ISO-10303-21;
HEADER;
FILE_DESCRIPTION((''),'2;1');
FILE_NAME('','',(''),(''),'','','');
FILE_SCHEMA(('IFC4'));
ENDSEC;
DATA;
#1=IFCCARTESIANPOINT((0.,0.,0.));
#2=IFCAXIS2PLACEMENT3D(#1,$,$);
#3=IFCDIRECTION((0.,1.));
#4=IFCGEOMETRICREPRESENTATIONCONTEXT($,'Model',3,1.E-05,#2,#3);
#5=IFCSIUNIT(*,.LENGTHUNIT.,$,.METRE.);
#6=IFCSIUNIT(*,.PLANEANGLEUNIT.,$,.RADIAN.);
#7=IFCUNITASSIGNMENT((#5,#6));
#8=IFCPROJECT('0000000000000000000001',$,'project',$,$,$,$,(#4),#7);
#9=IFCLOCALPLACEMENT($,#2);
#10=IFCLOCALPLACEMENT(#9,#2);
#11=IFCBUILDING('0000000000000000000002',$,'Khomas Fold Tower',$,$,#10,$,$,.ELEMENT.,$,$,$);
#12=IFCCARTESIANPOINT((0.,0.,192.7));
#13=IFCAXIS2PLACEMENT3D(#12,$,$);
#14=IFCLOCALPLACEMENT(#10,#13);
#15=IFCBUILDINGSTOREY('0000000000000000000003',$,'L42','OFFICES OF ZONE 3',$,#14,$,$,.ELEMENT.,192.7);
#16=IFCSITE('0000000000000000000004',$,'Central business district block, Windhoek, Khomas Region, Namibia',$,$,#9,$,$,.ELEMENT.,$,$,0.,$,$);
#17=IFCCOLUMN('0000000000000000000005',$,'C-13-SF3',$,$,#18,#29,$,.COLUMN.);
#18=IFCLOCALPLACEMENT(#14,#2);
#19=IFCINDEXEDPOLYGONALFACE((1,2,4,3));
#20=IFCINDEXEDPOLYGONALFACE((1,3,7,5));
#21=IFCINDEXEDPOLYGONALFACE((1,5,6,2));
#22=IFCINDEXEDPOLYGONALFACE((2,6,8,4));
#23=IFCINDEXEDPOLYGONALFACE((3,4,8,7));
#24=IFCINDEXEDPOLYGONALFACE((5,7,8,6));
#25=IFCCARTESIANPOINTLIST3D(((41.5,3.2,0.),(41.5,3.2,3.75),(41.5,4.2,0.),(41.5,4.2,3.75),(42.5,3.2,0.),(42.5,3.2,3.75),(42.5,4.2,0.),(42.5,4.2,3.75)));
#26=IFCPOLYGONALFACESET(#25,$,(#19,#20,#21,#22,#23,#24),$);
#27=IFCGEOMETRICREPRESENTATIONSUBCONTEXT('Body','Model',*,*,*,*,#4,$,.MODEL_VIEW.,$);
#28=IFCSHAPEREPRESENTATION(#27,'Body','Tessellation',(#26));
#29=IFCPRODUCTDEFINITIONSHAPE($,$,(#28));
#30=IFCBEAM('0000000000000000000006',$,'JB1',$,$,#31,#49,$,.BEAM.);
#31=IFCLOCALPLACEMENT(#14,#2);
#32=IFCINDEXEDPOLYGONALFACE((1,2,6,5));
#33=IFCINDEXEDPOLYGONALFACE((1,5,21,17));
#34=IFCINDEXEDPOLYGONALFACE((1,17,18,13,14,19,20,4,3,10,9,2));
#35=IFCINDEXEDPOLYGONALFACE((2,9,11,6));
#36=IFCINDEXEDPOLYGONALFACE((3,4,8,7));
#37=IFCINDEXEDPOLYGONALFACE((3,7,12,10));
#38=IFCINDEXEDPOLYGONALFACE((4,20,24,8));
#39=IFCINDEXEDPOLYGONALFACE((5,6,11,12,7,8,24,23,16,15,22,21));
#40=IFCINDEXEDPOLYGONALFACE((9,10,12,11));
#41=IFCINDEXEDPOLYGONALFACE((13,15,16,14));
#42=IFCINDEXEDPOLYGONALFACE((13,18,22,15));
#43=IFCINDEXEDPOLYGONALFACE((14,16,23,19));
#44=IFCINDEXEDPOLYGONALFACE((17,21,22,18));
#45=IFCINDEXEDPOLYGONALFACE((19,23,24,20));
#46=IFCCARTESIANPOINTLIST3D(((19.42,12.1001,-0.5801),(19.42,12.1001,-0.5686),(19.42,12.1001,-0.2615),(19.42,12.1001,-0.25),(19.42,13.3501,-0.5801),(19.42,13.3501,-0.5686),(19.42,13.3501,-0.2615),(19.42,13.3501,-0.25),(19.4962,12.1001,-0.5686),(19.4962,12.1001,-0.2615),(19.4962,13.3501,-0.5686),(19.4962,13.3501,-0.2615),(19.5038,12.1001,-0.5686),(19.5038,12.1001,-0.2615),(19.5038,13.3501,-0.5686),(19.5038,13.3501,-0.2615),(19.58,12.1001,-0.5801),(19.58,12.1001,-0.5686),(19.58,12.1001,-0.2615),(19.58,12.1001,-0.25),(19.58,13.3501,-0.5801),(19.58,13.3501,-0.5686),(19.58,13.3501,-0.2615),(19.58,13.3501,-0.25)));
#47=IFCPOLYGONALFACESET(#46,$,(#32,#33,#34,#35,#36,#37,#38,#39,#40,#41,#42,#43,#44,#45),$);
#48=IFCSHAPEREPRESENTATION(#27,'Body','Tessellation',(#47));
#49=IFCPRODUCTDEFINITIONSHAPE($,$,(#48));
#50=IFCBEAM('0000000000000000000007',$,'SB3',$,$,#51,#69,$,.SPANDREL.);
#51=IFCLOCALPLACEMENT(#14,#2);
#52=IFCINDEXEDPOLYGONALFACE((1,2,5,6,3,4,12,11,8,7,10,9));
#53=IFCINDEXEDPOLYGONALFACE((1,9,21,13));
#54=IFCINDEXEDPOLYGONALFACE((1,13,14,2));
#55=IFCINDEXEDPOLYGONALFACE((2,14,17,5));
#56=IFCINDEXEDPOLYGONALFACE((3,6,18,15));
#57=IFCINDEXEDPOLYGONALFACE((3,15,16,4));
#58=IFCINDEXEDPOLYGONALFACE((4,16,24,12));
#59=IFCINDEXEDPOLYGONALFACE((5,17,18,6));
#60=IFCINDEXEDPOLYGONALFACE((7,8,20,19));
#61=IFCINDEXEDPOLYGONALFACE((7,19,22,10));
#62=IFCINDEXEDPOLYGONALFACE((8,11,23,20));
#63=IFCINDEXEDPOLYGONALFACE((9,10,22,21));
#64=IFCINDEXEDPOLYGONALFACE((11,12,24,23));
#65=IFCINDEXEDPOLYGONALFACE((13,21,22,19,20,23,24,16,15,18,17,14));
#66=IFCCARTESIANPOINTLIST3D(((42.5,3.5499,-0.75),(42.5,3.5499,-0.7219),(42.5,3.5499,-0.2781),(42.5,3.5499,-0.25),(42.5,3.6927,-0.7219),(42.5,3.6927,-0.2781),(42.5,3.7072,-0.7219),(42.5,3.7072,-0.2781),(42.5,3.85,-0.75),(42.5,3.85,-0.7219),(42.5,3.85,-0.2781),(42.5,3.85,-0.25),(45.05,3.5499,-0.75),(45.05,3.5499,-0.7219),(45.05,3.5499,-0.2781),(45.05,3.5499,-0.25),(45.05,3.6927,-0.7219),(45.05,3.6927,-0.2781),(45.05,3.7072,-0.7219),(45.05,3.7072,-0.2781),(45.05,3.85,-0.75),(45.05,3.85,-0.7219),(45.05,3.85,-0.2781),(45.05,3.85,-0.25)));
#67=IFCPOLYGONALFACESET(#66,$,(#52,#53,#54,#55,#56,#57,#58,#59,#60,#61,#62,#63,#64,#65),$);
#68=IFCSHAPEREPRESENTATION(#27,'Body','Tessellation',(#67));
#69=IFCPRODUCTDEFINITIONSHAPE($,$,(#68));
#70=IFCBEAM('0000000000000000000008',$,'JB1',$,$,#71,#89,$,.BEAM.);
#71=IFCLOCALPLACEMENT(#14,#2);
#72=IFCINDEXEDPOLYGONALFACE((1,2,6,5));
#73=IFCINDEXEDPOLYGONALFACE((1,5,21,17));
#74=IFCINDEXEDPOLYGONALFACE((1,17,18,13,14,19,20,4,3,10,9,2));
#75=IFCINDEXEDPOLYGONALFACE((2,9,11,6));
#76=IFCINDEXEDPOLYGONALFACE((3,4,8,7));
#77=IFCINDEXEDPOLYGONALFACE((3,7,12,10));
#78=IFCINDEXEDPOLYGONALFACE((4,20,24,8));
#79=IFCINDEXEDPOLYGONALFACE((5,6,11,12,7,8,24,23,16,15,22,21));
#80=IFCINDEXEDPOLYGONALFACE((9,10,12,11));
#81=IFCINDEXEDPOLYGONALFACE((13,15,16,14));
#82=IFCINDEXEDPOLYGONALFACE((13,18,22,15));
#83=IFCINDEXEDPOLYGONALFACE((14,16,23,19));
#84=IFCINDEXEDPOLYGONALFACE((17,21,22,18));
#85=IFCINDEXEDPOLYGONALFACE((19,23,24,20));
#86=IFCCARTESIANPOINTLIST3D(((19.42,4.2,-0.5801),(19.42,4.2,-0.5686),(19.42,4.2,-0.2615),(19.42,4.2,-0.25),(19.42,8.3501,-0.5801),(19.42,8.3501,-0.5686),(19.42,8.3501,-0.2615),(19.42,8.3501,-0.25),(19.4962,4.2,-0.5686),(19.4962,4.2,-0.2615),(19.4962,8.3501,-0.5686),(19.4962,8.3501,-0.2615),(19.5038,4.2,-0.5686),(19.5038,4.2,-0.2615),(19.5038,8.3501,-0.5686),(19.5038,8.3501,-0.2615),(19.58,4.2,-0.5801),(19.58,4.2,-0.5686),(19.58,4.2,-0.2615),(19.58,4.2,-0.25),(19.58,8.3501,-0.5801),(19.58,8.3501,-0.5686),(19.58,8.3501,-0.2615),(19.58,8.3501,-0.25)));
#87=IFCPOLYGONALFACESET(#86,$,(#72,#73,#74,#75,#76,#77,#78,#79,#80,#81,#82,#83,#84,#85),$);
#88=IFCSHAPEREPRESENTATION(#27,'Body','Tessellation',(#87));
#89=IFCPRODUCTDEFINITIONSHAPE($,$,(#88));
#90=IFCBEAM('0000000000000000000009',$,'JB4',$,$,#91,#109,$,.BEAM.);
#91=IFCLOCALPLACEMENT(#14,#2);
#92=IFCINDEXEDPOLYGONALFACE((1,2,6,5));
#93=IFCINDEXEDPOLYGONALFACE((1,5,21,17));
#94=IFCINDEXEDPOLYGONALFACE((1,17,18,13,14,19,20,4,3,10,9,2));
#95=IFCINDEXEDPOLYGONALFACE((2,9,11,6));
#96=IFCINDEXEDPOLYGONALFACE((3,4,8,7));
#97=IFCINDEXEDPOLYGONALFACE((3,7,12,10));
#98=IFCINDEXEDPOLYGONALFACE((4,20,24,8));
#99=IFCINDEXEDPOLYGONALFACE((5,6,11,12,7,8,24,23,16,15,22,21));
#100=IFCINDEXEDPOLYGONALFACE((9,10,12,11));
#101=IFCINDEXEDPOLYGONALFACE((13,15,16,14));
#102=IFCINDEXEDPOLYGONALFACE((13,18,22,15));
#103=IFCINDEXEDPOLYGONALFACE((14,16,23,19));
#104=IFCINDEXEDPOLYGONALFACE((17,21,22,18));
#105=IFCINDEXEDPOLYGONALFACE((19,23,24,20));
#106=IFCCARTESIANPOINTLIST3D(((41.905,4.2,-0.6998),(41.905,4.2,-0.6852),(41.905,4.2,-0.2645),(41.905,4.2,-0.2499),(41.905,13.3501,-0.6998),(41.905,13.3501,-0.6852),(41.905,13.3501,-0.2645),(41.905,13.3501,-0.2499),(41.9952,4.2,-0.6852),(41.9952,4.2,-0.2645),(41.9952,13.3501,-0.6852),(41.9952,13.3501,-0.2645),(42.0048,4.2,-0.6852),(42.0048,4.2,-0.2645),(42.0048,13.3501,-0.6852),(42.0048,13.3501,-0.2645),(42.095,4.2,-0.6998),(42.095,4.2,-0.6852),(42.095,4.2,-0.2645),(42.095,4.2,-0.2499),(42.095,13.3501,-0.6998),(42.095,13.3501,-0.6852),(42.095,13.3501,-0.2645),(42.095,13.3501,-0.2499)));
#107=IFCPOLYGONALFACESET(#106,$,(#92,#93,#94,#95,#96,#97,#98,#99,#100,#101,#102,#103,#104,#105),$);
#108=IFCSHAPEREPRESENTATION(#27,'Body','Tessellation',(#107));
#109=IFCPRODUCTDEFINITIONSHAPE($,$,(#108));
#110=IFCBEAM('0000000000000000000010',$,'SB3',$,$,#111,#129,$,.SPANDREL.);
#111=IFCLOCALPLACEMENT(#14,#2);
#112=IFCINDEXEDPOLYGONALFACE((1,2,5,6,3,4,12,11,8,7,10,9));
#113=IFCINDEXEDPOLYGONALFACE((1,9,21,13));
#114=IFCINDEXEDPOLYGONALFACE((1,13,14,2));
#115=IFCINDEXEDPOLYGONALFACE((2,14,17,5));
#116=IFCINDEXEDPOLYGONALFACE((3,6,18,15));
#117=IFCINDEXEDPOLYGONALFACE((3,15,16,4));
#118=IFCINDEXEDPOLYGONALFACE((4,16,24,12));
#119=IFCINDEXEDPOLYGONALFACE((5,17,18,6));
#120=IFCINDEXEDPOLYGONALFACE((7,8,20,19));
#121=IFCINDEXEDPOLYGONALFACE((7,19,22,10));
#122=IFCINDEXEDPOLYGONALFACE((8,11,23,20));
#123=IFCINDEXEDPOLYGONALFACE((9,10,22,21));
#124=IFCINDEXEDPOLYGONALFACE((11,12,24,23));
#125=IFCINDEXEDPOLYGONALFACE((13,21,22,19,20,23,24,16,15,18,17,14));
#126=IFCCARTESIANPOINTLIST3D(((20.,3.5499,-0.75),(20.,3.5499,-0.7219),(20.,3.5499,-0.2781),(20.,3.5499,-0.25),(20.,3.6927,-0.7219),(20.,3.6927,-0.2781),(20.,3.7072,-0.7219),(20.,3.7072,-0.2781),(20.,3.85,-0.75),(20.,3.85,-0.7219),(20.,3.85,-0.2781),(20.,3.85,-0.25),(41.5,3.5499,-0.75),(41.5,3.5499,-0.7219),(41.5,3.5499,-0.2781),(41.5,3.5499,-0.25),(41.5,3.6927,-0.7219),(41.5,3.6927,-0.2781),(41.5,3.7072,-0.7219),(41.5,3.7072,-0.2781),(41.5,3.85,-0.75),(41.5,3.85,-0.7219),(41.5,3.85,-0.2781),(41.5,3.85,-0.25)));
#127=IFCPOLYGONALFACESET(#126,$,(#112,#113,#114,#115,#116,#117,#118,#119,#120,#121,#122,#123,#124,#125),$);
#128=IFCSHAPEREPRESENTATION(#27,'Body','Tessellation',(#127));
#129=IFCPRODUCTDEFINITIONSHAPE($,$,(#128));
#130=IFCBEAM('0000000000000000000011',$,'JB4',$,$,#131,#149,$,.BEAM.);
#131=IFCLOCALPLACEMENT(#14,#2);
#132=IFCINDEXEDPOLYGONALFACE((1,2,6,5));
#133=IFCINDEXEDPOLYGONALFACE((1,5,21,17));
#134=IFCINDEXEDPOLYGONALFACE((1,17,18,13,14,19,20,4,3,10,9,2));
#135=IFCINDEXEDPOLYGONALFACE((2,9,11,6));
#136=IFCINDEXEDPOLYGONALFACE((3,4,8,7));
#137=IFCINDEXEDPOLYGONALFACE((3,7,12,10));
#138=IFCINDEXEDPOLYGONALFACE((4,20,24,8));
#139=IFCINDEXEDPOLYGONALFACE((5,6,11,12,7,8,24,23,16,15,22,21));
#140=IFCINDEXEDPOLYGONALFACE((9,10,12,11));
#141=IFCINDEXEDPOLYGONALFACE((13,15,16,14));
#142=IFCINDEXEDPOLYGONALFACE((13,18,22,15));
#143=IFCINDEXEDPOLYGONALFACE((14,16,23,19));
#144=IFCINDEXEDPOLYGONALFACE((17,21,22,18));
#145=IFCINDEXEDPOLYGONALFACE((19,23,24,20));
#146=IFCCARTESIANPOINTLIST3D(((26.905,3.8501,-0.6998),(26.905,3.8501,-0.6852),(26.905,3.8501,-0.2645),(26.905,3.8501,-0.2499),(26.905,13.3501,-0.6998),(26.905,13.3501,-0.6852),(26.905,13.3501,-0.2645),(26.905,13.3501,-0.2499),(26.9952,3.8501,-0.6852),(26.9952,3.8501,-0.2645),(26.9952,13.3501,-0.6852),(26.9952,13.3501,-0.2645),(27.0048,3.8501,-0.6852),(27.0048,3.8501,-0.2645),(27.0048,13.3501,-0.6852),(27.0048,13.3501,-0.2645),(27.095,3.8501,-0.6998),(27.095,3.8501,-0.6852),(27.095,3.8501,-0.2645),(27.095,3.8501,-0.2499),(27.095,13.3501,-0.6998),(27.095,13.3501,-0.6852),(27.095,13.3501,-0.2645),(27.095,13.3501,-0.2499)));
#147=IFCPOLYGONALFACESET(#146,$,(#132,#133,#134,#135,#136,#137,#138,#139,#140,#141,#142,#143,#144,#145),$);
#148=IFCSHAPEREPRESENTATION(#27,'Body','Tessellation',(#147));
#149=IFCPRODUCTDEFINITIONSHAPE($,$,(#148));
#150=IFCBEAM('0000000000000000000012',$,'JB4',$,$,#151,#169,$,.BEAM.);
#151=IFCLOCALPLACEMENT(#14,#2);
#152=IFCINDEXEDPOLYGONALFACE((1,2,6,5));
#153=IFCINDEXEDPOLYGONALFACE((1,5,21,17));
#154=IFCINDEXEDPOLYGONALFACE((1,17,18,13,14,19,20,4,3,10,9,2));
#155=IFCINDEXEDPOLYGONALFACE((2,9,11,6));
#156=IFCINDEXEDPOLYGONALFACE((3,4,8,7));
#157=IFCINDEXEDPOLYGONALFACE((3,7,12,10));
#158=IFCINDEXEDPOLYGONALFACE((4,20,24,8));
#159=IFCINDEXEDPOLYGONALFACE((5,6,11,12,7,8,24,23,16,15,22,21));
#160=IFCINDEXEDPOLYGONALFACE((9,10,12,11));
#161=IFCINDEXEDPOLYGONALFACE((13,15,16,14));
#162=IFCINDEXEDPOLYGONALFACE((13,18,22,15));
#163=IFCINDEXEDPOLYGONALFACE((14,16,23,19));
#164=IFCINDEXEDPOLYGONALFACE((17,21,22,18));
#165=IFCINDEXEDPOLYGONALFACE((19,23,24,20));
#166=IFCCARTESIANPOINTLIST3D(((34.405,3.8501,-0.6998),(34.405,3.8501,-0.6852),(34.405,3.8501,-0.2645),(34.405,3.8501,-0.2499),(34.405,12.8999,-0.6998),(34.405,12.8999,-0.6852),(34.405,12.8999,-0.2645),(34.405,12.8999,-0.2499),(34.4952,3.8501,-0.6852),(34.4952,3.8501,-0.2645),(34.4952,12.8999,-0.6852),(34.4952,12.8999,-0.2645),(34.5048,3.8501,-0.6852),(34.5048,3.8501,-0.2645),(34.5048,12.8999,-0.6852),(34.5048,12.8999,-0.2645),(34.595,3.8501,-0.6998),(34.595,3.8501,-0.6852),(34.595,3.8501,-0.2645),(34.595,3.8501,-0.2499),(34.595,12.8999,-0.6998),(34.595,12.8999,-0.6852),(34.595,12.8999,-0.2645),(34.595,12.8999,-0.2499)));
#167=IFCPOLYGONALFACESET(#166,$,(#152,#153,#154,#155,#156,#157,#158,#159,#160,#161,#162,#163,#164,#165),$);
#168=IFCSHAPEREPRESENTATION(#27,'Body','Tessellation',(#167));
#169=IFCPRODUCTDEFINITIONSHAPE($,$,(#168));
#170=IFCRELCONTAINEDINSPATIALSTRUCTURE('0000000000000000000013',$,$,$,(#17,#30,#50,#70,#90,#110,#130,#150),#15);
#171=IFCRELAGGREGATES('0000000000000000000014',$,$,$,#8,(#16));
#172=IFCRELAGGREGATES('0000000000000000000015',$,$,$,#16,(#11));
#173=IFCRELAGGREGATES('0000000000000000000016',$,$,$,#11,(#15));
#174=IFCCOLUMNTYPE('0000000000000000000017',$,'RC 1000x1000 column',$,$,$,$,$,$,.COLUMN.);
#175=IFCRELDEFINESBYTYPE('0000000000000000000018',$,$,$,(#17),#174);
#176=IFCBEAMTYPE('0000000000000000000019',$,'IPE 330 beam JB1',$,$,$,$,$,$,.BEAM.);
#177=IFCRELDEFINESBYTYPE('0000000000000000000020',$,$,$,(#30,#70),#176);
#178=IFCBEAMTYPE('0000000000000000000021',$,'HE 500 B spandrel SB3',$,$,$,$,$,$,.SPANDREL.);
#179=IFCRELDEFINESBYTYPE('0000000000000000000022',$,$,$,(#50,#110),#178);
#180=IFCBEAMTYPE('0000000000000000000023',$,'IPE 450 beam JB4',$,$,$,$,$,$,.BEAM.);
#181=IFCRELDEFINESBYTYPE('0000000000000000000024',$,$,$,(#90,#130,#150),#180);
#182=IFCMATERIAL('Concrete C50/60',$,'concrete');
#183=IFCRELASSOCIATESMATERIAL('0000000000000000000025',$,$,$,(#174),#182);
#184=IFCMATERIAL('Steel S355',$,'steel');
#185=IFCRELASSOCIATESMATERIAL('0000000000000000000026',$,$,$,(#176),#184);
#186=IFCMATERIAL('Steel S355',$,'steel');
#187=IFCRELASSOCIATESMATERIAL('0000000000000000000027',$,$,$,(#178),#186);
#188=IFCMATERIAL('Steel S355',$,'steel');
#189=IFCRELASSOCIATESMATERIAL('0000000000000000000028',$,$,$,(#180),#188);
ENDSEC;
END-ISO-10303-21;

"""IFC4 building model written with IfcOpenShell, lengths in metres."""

from ifc_helpers import new_model, si_unit, direction, frame, origin, origin_2d, place, context, subcontext, project, spatial, rectangle, i_section, extrude, source, transform, mapped, material, material_profile, profile_set, type_object, element, save


model = new_model("IFC4")

# Units and contexts
model_context = context("Model", 3, precision=1e-05, world=origin(), true_north=direction((0.0, 1.0)))
body_context = subcontext(model_context, "Body", "Model", "MODEL_VIEW")
ifc_project = project(units=[si_unit("LENGTHUNIT", "METRE"), si_unit("PLANEANGLEUNIT", "RADIAN")], contexts=[model_context])

# Site, building, storey
site_placement = place(None, origin())
site = spatial("IfcSite", under=ifc_project, at=site_placement, Name="Central business district block, Windhoek, Khomas Region, Namibia", CompositionType="ELEMENT", RefElevation=0.0)
building_placement = place(site_placement, origin())
building = spatial("IfcBuilding", under=site, at=building_placement, Name="Khomas Fold Tower", CompositionType="ELEMENT")
storey_placement = place(building_placement, frame((0.0, 0.0, 192.7)))
storey = spatial("IfcBuildingStorey", under=building, at=storey_placement, Name="L42", Description="OFFICES OF ZONE 3", CompositionType="ELEMENT", Elevation=192.7)

# Column
ifc_material_1 = material(Name="Concrete C50/60", Category="concrete")
ifc_material_profile_1 = material_profile(ifc_material_1, rectangle(XDim=1.0, YDim=1.0, at=origin_2d()), Name="RC 1000x1000")
ifc_profile_set_1 = profile_set([ifc_material_profile_1], Name="Concrete C50/60")
column_type = type_object("IfcColumnType", Name="RC 1000x1000 column", PredefinedType="COLUMN", material=ifc_profile_set_1)
shared_shape_1 = source(origin(), body_context, "Body", "SweptSolid", [
    extrude(rectangle(XDim=1.0, YDim=1.0, at=origin_2d()), origin(), (0.0, 0.0, 1.0), 3.75),
])
column_placement = place(storey_placement, frame((42.0, 3.7, 0.0), z_axis=(0.0, 0.0, 1.0), x_axis=(1.0, 0.0, 0.0)))
element("IfcColumn", 1, at=column_placement, inside=storey, type_object=column_type, Name="C-13-SF3", PredefinedType="COLUMN", context=body_context, shape_type="MappedRepresentation", body=[
    mapped(shared_shape_1, transform((0.0, 0.0, 0.0))),
])

# Beams
ifc_material_2 = material(Name="Steel S355", Category="steel")
ifc_material_profile_2 = material_profile(ifc_material_2, i_section(OverallWidth=0.1599, OverallDepth=0.3301, WebThickness=0.0076, FlangeThickness=0.0115, at=origin_2d()), Name="IPE 330")
ifc_profile_set_2 = profile_set([ifc_material_profile_2], Name="Steel S355")
beam_type_1 = type_object("IfcBeamType", Name="IPE 330 beam JB1", PredefinedType="BEAM", material=ifc_profile_set_2)
shared_shape_2 = source(origin(), body_context, "Body", "SweptSolid", [
    extrude(i_section(OverallWidth=0.1599, OverallDepth=0.3301, WebThickness=0.0076, FlangeThickness=0.0115, at=origin_2d()), origin(), (0.0, 0.0, 1.0), 1.25),
])
beam_1_placement = place(storey_placement, frame((19.5, 12.1001, -0.415), z_axis=(0.0, 1.0, 0.0), x_axis=(-1.0, 0.0, 0.0)))
element("IfcBeam", 2, at=beam_1_placement, inside=storey, type_object=beam_type_1, Name="JB1", PredefinedType="BEAM", context=body_context, shape_type="MappedRepresentation", body=[
    mapped(shared_shape_2, transform((0.0, 0.0, 0.0))),
])
ifc_material_3 = material(Name="Steel S355", Category="steel")
ifc_material_profile_3 = material_profile(ifc_material_3, i_section(OverallWidth=0.3, OverallDepth=0.5, WebThickness=0.0144, FlangeThickness=0.0281, at=origin_2d()), Name="HE 500 B")
ifc_profile_set_3 = profile_set([ifc_material_profile_3], Name="Steel S355")
beam_type_2 = type_object("IfcBeamType", Name="HE 500 B spandrel SB3", PredefinedType="SPANDREL", material=ifc_profile_set_3)
shared_shape_3 = source(origin(), body_context, "Body", "SweptSolid", [
    extrude(i_section(OverallWidth=0.3, OverallDepth=0.5, WebThickness=0.0144, FlangeThickness=0.0281, at=origin_2d()), origin(), (0.0, 0.0, 1.0), 2.55),
])
beam_2_placement = place(storey_placement, frame((42.5, 3.7, -0.5), z_axis=(1.0, 0.0, 0.0), x_axis=(0.0, 1.0, 0.0)))
element("IfcBeam", 3, at=beam_2_placement, inside=storey, type_object=beam_type_2, Name="SB3", PredefinedType="SPANDREL", context=body_context, shape_type="MappedRepresentation", body=[
    mapped(shared_shape_3, transform((0.0, 0.0, 0.0))),
])
shared_shape_4 = source(origin(), body_context, "Body", "SweptSolid", [
    extrude(i_section(OverallWidth=0.1599, OverallDepth=0.3301, WebThickness=0.0076, FlangeThickness=0.0115, at=origin_2d()), origin(), (0.0, 0.0, 1.0), 4.1501),
])
beam_3_placement = place(storey_placement, frame((19.5, 4.2, -0.415), z_axis=(0.0, 1.0, 0.0), x_axis=(-1.0, 0.0, 0.0)))
element("IfcBeam", 4, at=beam_3_placement, inside=storey, type_object=beam_type_1, Name="JB1", PredefinedType="BEAM", context=body_context, shape_type="MappedRepresentation", body=[
    mapped(shared_shape_4, transform((0.0, 0.0, 0.0))),
])
ifc_material_4 = material(Name="Steel S355", Category="steel")
ifc_material_profile_4 = material_profile(ifc_material_4, i_section(OverallWidth=0.1899, OverallDepth=0.45, WebThickness=0.0095, FlangeThickness=0.0146, at=origin_2d()), Name="IPE 450")
ifc_profile_set_4 = profile_set([ifc_material_profile_4], Name="Steel S355")
beam_type_3 = type_object("IfcBeamType", Name="IPE 450 beam JB4", PredefinedType="BEAM", material=ifc_profile_set_4)
shared_shape_5 = source(origin(), body_context, "Body", "SweptSolid", [
    extrude(i_section(OverallWidth=0.1899, OverallDepth=0.45, WebThickness=0.0095, FlangeThickness=0.0146, at=origin_2d()), origin(), (0.0, 0.0, 1.0), 9.1501),
])
beam_4_placement = place(storey_placement, frame((42.0, 4.2, -0.4749), z_axis=(0.0, 1.0, 0.0), x_axis=(-1.0, 0.0, 0.0)))
element("IfcBeam", 5, at=beam_4_placement, inside=storey, type_object=beam_type_3, Name="JB4", PredefinedType="BEAM", context=body_context, shape_type="MappedRepresentation", body=[
    mapped(shared_shape_5, transform((0.0, 0.0, 0.0))),
])
shared_shape_6 = source(origin(), body_context, "Body", "SweptSolid", [
    extrude(i_section(OverallWidth=0.3, OverallDepth=0.5, WebThickness=0.0144, FlangeThickness=0.0281, at=origin_2d()), origin(), (0.0, 0.0, 1.0), 21.5),
])
beam_5_placement = place(storey_placement, frame((20.0, 3.7, -0.5), z_axis=(1.0, 0.0, 0.0), x_axis=(0.0, 1.0, 0.0)))
element("IfcBeam", 6, at=beam_5_placement, inside=storey, type_object=beam_type_2, Name="SB3", PredefinedType="SPANDREL", context=body_context, shape_type="MappedRepresentation", body=[
    mapped(shared_shape_6, transform((0.0, 0.0, 0.0))),
])
shared_shape_7 = source(origin(), body_context, "Body", "SweptSolid", [
    extrude(i_section(OverallWidth=0.1899, OverallDepth=0.45, WebThickness=0.0095, FlangeThickness=0.0146, at=origin_2d()), origin(), (0.0, 0.0, 1.0), 9.5),
])
beam_6_placement = place(storey_placement, frame((27.0, 3.8501, -0.4749), z_axis=(0.0, 1.0, 0.0), x_axis=(-1.0, 0.0, 0.0)))
element("IfcBeam", 7, at=beam_6_placement, inside=storey, type_object=beam_type_3, Name="JB4", PredefinedType="BEAM", context=body_context, shape_type="MappedRepresentation", body=[
    mapped(shared_shape_7, transform((0.0, 0.0, 0.0))),
])
shared_shape_8 = source(origin(), body_context, "Body", "SweptSolid", [
    extrude(i_section(OverallWidth=0.1899, OverallDepth=0.45, WebThickness=0.0095, FlangeThickness=0.0146, at=origin_2d()), origin(), (0.0, 0.0, 1.0), 9.0498),
])
beam_7_placement = place(storey_placement, frame((34.5, 3.8501, -0.4749), z_axis=(0.0, 1.0, 0.0), x_axis=(-1.0, 0.0, 0.0)))
element("IfcBeam", 8, at=beam_7_placement, inside=storey, type_object=beam_type_3, Name="JB4", PredefinedType="BEAM", context=body_context, shape_type="MappedRepresentation", body=[
    mapped(shared_shape_8, transform((0.0, 0.0, 0.0))),
])

save(model, "model.ifc")
